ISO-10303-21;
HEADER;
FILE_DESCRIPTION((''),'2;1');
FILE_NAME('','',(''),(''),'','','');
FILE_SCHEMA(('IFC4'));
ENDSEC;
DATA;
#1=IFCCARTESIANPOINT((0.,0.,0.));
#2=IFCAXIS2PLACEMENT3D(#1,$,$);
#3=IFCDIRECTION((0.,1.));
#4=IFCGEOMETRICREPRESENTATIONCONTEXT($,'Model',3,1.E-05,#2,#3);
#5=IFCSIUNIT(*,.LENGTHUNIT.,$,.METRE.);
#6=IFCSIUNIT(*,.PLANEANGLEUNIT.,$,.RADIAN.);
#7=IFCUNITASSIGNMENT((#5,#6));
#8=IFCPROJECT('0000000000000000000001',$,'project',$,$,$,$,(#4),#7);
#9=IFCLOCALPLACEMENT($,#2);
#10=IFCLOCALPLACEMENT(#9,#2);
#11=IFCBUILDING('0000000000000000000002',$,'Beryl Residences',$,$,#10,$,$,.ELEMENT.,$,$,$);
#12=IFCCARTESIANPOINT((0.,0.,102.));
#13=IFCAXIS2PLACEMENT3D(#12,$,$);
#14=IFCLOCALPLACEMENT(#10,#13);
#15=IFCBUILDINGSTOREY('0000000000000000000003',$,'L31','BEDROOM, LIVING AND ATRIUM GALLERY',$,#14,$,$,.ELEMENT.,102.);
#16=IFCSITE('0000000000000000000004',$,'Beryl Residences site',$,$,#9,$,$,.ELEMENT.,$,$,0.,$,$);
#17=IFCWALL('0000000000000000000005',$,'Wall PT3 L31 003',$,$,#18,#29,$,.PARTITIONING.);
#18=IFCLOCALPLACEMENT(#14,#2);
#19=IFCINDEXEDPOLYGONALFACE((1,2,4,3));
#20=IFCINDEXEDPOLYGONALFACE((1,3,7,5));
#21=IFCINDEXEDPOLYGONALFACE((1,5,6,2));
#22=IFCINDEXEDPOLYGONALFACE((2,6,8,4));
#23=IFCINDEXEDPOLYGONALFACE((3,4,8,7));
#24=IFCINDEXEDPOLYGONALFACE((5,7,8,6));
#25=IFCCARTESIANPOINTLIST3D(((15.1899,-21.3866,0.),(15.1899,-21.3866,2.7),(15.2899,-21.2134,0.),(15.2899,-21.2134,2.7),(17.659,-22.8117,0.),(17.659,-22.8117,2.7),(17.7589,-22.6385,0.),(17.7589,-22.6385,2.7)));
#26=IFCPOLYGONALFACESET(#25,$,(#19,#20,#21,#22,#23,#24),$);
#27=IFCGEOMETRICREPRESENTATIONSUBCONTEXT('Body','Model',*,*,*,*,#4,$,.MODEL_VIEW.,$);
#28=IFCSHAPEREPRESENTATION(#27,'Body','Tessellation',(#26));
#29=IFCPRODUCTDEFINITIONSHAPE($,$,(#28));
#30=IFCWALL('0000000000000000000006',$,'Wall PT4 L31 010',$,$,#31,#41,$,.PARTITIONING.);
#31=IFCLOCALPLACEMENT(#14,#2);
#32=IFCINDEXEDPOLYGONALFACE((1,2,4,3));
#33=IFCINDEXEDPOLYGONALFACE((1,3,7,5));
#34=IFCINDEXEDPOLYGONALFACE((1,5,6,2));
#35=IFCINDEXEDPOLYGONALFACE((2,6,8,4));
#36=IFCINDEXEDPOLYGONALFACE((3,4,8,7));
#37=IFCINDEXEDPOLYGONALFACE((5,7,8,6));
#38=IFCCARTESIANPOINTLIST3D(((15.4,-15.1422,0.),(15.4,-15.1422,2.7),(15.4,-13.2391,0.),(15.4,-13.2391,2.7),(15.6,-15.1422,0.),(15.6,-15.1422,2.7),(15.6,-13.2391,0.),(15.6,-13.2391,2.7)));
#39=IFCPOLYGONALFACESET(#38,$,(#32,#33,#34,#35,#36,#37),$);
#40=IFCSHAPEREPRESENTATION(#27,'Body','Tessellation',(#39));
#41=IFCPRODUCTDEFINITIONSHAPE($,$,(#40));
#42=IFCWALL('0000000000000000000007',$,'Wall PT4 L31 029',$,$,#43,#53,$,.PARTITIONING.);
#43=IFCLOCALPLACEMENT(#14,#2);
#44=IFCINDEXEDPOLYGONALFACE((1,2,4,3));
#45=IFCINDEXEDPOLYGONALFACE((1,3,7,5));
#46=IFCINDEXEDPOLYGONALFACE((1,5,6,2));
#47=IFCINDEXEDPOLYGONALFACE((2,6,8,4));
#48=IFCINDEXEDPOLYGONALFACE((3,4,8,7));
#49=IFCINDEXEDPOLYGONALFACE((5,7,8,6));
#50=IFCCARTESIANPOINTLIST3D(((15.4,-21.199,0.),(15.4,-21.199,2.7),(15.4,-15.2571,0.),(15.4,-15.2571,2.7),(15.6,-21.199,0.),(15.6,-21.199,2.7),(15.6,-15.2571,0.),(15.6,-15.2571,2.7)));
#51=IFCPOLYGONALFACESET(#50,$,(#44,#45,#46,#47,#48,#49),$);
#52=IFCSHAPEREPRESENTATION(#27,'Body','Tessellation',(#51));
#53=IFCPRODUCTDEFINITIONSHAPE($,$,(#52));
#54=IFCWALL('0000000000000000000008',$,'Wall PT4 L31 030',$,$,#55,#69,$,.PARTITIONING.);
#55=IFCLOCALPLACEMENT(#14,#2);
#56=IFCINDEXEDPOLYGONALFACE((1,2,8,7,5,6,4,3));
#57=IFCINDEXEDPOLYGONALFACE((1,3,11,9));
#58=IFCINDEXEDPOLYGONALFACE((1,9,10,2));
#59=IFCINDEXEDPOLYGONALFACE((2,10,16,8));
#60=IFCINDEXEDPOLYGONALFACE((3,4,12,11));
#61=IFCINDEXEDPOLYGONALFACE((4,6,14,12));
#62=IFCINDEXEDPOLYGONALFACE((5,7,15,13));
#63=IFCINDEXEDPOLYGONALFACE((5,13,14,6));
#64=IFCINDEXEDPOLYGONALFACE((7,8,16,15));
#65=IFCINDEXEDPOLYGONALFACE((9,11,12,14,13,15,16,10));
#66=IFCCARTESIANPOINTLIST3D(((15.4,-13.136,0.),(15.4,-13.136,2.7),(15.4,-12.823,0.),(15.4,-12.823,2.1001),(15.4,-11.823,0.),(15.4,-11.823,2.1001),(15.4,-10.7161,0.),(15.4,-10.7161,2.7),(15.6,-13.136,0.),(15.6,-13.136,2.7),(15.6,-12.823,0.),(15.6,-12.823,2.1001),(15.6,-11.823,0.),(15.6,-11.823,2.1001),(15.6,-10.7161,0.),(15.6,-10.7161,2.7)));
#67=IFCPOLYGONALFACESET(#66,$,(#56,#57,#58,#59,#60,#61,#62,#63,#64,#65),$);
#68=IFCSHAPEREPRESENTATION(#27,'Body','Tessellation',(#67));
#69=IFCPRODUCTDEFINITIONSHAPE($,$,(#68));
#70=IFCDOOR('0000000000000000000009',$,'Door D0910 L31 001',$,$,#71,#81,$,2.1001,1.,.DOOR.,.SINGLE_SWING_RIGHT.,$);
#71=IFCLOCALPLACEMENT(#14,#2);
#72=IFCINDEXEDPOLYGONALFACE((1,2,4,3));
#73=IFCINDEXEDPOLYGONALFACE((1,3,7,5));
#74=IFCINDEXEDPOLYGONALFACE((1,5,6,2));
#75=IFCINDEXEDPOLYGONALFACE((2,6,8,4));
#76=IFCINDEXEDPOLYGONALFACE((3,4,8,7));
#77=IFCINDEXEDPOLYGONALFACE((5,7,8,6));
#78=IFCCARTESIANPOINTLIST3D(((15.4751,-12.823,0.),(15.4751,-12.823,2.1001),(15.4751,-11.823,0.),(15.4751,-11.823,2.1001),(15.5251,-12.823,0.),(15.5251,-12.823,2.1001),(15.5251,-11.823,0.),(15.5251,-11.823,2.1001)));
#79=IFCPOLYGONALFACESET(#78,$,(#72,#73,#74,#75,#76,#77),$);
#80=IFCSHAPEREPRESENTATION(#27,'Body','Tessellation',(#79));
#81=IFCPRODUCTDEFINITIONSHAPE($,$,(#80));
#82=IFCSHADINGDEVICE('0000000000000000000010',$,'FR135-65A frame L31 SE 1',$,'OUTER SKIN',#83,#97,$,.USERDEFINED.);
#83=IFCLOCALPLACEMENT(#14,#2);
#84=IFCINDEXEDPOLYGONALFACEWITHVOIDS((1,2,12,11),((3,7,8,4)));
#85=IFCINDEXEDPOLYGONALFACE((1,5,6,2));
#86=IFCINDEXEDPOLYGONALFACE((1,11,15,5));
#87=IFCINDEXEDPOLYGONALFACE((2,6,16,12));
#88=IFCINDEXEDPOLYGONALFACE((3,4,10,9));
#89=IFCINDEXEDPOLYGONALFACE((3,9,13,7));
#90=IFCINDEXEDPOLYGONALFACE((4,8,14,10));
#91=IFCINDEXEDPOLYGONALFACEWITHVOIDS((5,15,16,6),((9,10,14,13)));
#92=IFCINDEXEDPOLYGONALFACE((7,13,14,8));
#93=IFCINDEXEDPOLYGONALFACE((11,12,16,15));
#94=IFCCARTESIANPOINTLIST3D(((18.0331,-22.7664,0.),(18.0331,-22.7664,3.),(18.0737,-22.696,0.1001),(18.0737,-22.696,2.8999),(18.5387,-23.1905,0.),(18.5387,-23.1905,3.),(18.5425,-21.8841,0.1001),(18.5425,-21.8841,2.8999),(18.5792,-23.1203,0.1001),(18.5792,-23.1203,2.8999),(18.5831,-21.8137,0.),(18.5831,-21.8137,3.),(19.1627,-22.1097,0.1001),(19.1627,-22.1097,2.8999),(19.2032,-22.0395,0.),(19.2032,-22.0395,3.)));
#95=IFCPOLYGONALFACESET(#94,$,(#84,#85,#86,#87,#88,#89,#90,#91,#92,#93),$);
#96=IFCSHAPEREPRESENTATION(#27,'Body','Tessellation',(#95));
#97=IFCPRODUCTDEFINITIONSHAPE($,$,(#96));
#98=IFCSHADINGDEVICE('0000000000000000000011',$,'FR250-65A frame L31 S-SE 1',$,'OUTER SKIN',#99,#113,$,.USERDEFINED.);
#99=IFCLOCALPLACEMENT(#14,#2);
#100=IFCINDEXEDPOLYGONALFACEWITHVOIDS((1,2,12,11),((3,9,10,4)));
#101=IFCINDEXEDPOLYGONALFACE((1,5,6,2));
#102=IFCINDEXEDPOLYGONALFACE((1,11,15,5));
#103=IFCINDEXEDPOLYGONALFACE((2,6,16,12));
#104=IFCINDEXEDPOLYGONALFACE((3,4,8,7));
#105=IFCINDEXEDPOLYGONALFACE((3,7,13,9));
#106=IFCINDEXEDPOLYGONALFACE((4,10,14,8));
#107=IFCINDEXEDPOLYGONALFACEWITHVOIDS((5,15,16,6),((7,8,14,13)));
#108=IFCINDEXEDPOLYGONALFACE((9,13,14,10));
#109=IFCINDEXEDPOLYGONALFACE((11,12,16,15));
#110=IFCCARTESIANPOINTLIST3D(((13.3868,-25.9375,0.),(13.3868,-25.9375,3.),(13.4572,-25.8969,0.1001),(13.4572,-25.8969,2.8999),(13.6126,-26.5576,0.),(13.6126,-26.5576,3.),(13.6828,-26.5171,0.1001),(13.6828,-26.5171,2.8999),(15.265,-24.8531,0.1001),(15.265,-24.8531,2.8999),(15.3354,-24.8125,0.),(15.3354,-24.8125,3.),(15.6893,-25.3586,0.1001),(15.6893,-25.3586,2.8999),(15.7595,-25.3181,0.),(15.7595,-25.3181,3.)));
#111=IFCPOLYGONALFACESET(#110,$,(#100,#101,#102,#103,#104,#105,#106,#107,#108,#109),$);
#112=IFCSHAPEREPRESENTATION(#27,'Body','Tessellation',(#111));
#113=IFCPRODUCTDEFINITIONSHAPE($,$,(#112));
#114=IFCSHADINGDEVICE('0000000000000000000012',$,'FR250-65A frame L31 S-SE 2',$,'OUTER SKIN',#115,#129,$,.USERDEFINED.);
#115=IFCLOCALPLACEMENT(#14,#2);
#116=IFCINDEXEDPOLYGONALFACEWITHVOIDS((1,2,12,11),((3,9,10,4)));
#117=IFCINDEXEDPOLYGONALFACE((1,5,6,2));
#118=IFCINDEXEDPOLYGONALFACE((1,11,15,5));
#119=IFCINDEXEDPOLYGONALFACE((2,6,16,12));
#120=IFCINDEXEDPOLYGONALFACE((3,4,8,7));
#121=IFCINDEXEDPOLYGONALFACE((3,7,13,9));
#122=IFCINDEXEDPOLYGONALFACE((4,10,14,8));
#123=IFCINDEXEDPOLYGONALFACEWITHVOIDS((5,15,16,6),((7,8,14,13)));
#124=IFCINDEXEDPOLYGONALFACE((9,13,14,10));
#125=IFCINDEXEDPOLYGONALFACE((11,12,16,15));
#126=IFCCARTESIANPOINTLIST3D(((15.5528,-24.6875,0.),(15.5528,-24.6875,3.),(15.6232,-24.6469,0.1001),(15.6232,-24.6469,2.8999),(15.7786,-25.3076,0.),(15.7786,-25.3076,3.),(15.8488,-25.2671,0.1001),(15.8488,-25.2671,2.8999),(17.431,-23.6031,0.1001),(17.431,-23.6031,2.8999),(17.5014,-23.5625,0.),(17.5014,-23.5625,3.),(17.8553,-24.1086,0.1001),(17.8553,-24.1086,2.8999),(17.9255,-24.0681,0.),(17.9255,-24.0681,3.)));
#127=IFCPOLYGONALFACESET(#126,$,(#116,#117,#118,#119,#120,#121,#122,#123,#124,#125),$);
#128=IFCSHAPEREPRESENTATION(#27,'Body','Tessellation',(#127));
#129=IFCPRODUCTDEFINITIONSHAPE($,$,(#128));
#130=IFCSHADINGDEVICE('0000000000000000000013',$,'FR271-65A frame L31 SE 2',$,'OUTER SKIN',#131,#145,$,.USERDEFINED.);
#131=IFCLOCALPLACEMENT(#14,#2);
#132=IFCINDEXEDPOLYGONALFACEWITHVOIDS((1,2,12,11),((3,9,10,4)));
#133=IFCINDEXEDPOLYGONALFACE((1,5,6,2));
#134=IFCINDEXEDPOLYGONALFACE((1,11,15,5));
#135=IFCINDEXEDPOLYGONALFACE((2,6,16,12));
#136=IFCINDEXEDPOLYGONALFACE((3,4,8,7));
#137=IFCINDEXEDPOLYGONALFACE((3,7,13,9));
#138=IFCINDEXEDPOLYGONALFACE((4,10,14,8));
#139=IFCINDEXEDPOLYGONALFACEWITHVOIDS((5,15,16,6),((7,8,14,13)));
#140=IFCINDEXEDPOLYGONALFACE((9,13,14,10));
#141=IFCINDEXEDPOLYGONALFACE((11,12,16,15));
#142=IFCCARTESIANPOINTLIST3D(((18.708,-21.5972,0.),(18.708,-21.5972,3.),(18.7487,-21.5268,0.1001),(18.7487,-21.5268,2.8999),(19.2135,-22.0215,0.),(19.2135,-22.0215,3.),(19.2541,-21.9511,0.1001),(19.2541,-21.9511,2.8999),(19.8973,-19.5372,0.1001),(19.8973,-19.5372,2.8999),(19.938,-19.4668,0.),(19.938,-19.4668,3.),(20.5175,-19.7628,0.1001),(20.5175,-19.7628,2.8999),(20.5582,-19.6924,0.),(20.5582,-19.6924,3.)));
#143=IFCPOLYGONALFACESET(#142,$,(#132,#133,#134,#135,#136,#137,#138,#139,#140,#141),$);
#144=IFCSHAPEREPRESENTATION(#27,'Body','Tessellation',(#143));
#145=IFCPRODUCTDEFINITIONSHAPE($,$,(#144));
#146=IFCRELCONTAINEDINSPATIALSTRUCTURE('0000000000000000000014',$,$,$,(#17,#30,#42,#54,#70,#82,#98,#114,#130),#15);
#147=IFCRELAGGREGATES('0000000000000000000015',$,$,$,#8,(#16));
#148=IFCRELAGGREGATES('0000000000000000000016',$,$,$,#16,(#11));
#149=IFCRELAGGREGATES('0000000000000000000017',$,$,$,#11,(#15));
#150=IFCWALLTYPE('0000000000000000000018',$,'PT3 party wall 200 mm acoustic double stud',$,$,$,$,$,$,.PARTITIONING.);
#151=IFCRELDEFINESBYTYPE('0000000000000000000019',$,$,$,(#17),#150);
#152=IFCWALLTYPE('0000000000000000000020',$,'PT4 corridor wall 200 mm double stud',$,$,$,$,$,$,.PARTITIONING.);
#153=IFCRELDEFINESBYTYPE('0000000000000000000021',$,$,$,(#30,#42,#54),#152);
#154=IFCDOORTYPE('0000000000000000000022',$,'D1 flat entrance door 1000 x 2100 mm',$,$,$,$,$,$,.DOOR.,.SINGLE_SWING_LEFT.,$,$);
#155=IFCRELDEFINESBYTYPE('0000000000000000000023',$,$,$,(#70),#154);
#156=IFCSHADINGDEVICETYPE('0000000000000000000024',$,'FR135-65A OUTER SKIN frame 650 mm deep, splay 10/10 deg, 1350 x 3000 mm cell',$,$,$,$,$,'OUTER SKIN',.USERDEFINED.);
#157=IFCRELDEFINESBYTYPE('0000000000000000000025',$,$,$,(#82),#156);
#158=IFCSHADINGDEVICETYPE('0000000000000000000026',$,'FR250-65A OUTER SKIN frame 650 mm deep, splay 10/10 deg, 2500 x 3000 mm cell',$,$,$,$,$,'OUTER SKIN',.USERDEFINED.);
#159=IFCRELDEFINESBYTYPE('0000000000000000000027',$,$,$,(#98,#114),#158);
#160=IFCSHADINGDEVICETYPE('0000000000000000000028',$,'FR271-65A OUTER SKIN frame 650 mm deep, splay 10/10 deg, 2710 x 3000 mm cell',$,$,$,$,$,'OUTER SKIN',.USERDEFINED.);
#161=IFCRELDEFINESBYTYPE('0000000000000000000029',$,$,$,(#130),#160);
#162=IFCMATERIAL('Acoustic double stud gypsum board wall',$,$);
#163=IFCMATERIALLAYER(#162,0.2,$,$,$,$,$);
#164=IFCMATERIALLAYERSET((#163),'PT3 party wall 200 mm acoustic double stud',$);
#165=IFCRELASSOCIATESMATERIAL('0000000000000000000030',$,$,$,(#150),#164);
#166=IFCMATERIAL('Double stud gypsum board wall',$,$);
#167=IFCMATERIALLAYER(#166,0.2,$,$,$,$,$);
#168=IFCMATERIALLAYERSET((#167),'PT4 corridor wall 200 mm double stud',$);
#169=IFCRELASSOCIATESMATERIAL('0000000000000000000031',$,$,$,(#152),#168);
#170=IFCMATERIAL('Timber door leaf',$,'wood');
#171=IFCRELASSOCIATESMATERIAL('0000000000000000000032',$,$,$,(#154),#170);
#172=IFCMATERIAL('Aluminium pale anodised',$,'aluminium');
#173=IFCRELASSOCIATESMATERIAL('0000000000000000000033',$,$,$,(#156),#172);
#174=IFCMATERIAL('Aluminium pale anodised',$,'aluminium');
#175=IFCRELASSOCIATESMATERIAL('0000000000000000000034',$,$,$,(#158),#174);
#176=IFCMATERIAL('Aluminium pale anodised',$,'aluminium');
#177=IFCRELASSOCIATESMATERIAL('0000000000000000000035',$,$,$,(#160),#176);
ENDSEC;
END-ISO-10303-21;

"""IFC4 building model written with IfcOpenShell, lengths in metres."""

from ifc_helpers import new_model, entity, si_unit, direction, frame, frame_2d, origin, place, context, subcontext, project, spatial, rectangle, extrude, source, transform, mapped, material, layer, layer_set, type_object, type_shapes, element, fill, save


model = new_model("IFC4")

# Units and contexts
model_context = context("Model", 3, precision=1e-05, world=origin(), true_north=direction((0.0, 1.0)))
body_context = subcontext(model_context, "Body", "Model", "MODEL_VIEW")
ifc_project = project(units=[si_unit("LENGTHUNIT", "METRE"), si_unit("PLANEANGLEUNIT", "RADIAN")], contexts=[model_context])

# Site, building, storey
site_placement = place(None, origin())
site = spatial("IfcSite", under=ifc_project, at=site_placement, Name="Beryl Residences site", CompositionType="ELEMENT", RefElevation=0.0)
building_placement = place(site_placement, origin())
building = spatial("IfcBuilding", under=site, at=building_placement, Name="Beryl Residences", CompositionType="ELEMENT")
storey_placement = place(building_placement, frame((0.0, 0.0, 102.0)))
storey = spatial("IfcBuildingStorey", under=building, at=storey_placement, Name="L31", Description="BEDROOM, LIVING AND ATRIUM GALLERY", CompositionType="ELEMENT", Elevation=102.0)

# Walls
ifc_material_1 = material(Name="Acoustic double stud gypsum board wall")
ifc_layer_1 = layer(ifc_material_1, 0.2)
ifc_layer_set_1 = layer_set([ifc_layer_1], Name="PT3 party wall 200 mm acoustic double stud")
wall_type_1 = type_object("IfcWallType", Name="PT3 party wall 200 mm acoustic double stud", PredefinedType="PARTITIONING", material=ifc_layer_set_1)
wall_1_placement = place(storey_placement, frame((15.24, -21.3, 0.0), z_axis=(0.0, 0.0, 1.0), x_axis=(0.86609, -0.499888, 0.0)))
element("IfcWall", 1, at=wall_1_placement, inside=storey, type_object=wall_type_1, Name="Wall PT3 L31 003", PredefinedType="PARTITIONING", context=body_context, shape_type="SweptSolid", body=[
    extrude(rectangle(XDim=2.8508, YDim=0.2, at=frame_2d((1.4253, 0.0))), origin(), (0.0, 0.0, 1.0), 2.7),
])
ifc_material_2 = material(Name="Double stud gypsum board wall")
ifc_layer_2 = layer(ifc_material_2, 0.2)
ifc_layer_set_2 = layer_set([ifc_layer_2], Name="PT4 corridor wall 200 mm double stud")
wall_type_2 = type_object("IfcWallType", Name="PT4 corridor wall 200 mm double stud", PredefinedType="PARTITIONING", material=ifc_layer_set_2)
wall_2_placement = place(storey_placement, frame((15.5, -13.239, 0.0), z_axis=(0.0, 0.0, 1.0), x_axis=(0.0, -1.0, 0.0)))
element("IfcWall", 2, at=wall_2_placement, inside=storey, type_object=wall_type_2, Name="Wall PT4 L31 010", PredefinedType="PARTITIONING", context=body_context, shape_type="SweptSolid", body=[
    extrude(rectangle(XDim=1.9031, YDim=0.2, at=frame_2d((0.9517, 0.0))), origin(), (0.0, 0.0, 1.0), 2.7),
])
wall_3_placement = place(storey_placement, frame((15.5, -21.199, 0.0), z_axis=(0.0, 0.0, 1.0), x_axis=(0.0, 1.0, 0.0)))
element("IfcWall", 3, at=wall_3_placement, inside=storey, type_object=wall_type_2, Name="Wall PT4 L31 029", PredefinedType="PARTITIONING", context=body_context, shape_type="SweptSolid", body=[
    extrude(rectangle(XDim=5.9419, YDim=0.2, at=frame_2d((2.9709, 0.0))), origin(), (0.0, 0.0, 1.0), 2.7),
])

# Wall, opening, door
wall_4_placement = place(storey_placement, frame((15.5, -13.136, 0.0), z_axis=(0.0, 0.0, 1.0), x_axis=(0.0, 1.0, 0.0)))
wall_4 = element("IfcWall", 4, at=wall_4_placement, inside=storey, type_object=wall_type_2, Name="Wall PT4 L31 030", PredefinedType="PARTITIONING", context=body_context, shape_type="SweptSolid", body=[
    extrude(rectangle(XDim=2.4199, YDim=0.2, at=frame_2d((1.21, 0.0))), origin(), (0.0, 0.0, 1.0), 2.7),
])
opening_1_placement = place(wall_4_placement, frame((0.313, 0.0, 0.0)))
opening_1 = element("IfcOpeningElement", 5, at=opening_1_placement, cuts=wall_4, PredefinedType="OPENING", context=body_context, shape_type="SweptSolid", body=[
    extrude(rectangle(XDim=1.0, YDim=2.1001, at=frame_2d((0.5, 1.05))), frame((0.0, 0.1099, 0.0), z_axis=(0.0, -1.0, 0.0), x_axis=(1.0, 0.0, 0.0)), (0.0, 0.0, 1.0), 0.22),
])
ifc_material_3 = material(Name="Timber door leaf", Category="wood")
door_type_1 = type_object("IfcDoorType", Name="D1 flat entrance door 1000 x 2100 mm", OperationType="SINGLE_SWING_LEFT", PredefinedType="DOOR", material=ifc_material_3)
door_1_placement = place(opening_1_placement, origin())
door_1 = element("IfcDoor", 6, at=door_1_placement, inside=storey, type_object=door_type_1, Name="Door D0910 L31 001", OperationType="SINGLE_SWING_RIGHT", OverallHeight=2.1001, OverallWidth=1.0, PredefinedType="DOOR", context=body_context, shape_type="SweptSolid", body=[
    extrude(rectangle(XDim=1.0, YDim=2.1001, at=frame_2d((0.5, 1.05))), frame((0.0, 0.0249, 0.0), z_axis=(0.0, -1.0, 0.0), x_axis=(1.0, 0.0, 0.0)), (0.0, 0.0, 1.0), 0.05),
])
fill(opening_1, door_1)

# Shading devices
ifc_material_4 = material(Name="Aluminium pale anodised", Category="aluminium")
shading_device_type_1 = type_object("IfcShadingDeviceType", Name="FR135-65A OUTER SKIN frame 650 mm deep, splay 10/10 deg, 1350 x 3000 mm cell", ElementType="OUTER SKIN", PredefinedType="USERDEFINED", material=ifc_material_4)
cartesian_point_1 = entity("IfcCartesianPoint", [-0.55, 0.0])
cartesian_point_2 = entity("IfcCartesianPoint", [-0.4688, 0.1001])
cartesian_point_3 = entity("IfcCartesianPoint", [-0.6646, 0.0])
cartesian_point_4 = entity("IfcCartesianPoint", [-0.5835, 0.1001])
shared_shape_1 = source(origin(), body_context, "Body", "SweptSolid", [
    entity("IfcExtrudedAreaSolidTapered", entity("IfcArbitraryProfileDefWithVoids", "AREA", None, entity("IfcPolyline", [cartesian_point_1, entity("IfcCartesianPoint", [0.55, 0.0]), entity("IfcCartesianPoint", [0.55, 3.0]), entity("IfcCartesianPoint", [-0.55, 3.0]), cartesian_point_1]), [entity("IfcPolyline", [cartesian_point_2, entity("IfcCartesianPoint", [0.4688, 0.1001]), entity("IfcCartesianPoint", [0.4688, 2.8999]), entity("IfcCartesianPoint", [-0.4688, 2.8999]), cartesian_point_2])]), entity("IfcAxis2Placement3D", entity("IfcCartesianPoint", [0.0, 0.0, 0.0]), entity("IfcDirection", [0.0, 1.0, 0.0]), entity("IfcDirection", [-1.0, 0.0, 0.0])), entity("IfcDirection", [0.0, 0.0, 1.0]), 0.6499, entity("IfcArbitraryProfileDefWithVoids", "AREA", None, entity("IfcPolyline", [cartesian_point_3, entity("IfcCartesianPoint", [0.6646, 0.0]), entity("IfcCartesianPoint", [0.6646, 3.0]), entity("IfcCartesianPoint", [-0.6646, 3.0]), cartesian_point_3]), [entity("IfcPolyline", [cartesian_point_4, entity("IfcCartesianPoint", [0.5835, 0.1001]), entity("IfcCartesianPoint", [0.5835, 2.8999]), entity("IfcCartesianPoint", [-0.5835, 2.8999]), cartesian_point_4])])),
])
type_shapes(shading_device_type_1, [shared_shape_1])
shading_device_placement = place(storey_placement, frame((18.3081, -22.29, 0.0), z_axis=(0.0, 0.0, 1.0), x_axis=(-0.5, -0.866025, 0.0)))
element("IfcShadingDevice", 7, at=shading_device_placement, inside=storey, type_object=shading_device_type_1, Name="FR135-65A frame L31 SE 1", ObjectType="OUTER SKIN", PredefinedType="USERDEFINED", context=body_context, shape_type="MappedRepresentation", body=[
    mapped(shared_shape_1, transform((0.0, 0.0, 0.0))),
])
ifc_material_5 = material(Name="Aluminium pale anodised", Category="aluminium")
shading_device_type_2 = type_object("IfcShadingDeviceType", Name="FR250-65A OUTER SKIN frame 650 mm deep, splay 10/10 deg, 2500 x 3000 mm cell", ElementType="OUTER SKIN", PredefinedType="USERDEFINED", material=ifc_material_5)
cartesian_point_5 = entity("IfcCartesianPoint", [-1.125, 0.0])
cartesian_point_6 = entity("IfcCartesianPoint", [-1.0437, 0.1001])
cartesian_point_7 = entity("IfcCartesianPoint", [-1.2395, 0.0])
cartesian_point_8 = entity("IfcCartesianPoint", [-1.1584, 0.1001])
shared_shape_2 = source(origin(), body_context, "Body", "SweptSolid", [
    entity("IfcExtrudedAreaSolidTapered", entity("IfcArbitraryProfileDefWithVoids", "AREA", None, entity("IfcPolyline", [cartesian_point_5, entity("IfcCartesianPoint", [1.125, 0.0]), entity("IfcCartesianPoint", [1.125, 3.0]), entity("IfcCartesianPoint", [-1.125, 3.0]), cartesian_point_5]), [entity("IfcPolyline", [cartesian_point_6, entity("IfcCartesianPoint", [1.0437, 0.1001]), entity("IfcCartesianPoint", [1.0437, 2.8999]), entity("IfcCartesianPoint", [-1.0437, 2.8999]), cartesian_point_6])]), entity("IfcAxis2Placement3D", entity("IfcCartesianPoint", [0.0, 0.0, 0.0]), entity("IfcDirection", [0.0, 1.0, 0.0]), entity("IfcDirection", [-1.0, 0.0, 0.0])), entity("IfcDirection", [0.0, 0.0, 1.0]), 0.6499, entity("IfcArbitraryProfileDefWithVoids", "AREA", None, entity("IfcPolyline", [cartesian_point_7, entity("IfcCartesianPoint", [1.2395, 0.0]), entity("IfcCartesianPoint", [1.2395, 3.0]), entity("IfcCartesianPoint", [-1.2395, 3.0]), cartesian_point_7]), [entity("IfcPolyline", [cartesian_point_8, entity("IfcCartesianPoint", [1.1584, 0.1001]), entity("IfcCartesianPoint", [1.1584, 2.8999]), entity("IfcCartesianPoint", [-1.1584, 2.8999]), cartesian_point_8])])),
])
type_shapes(shading_device_type_2, [shared_shape_2])
for number, where, z_axis, x_axis, name in (
    (8, (14.3611, -25.375, 0.0), (0.0, 0.0, 1.0), (-0.866025, -0.5, 0.0), "FR250-65A frame L31 S-SE 1"),
    (9, (16.5271, -24.125, 0.0), (0.0, 0.0, 1.0), (-0.866025, -0.5, 0.0), "FR250-65A frame L31 S-SE 2"),
):
    element("IfcShadingDevice", number, at=place(storey_placement, frame(where, z_axis=z_axis, x_axis=x_axis)), inside=storey, type_object=shading_device_type_2, Name=name, ObjectType="OUTER SKIN", PredefinedType="USERDEFINED", context=body_context, shape_type="MappedRepresentation", body=[
        mapped(shared_shape_2, transform((0.0, 0.0, 0.0))),
    ])
ifc_material_6 = material(Name="Aluminium pale anodised", Category="aluminium")
shading_device_type_3 = type_object("IfcShadingDeviceType", Name="FR271-65A OUTER SKIN frame 650 mm deep, splay 10/10 deg, 2710 x 3000 mm cell", ElementType="OUTER SKIN", PredefinedType="USERDEFINED", material=ifc_material_6)
cartesian_point_9 = entity("IfcCartesianPoint", [-1.23, 0.0])
cartesian_point_10 = entity("IfcCartesianPoint", [-1.1487, 0.1001])
cartesian_point_11 = entity("IfcCartesianPoint", [-1.3447, 0.0])
cartesian_point_12 = entity("IfcCartesianPoint", [-1.2634, 0.1001])
shared_shape_3 = source(origin(), body_context, "Body", "SweptSolid", [
    entity("IfcExtrudedAreaSolidTapered", entity("IfcArbitraryProfileDefWithVoids", "AREA", None, entity("IfcPolyline", [cartesian_point_9, entity("IfcCartesianPoint", [1.23, 0.0]), entity("IfcCartesianPoint", [1.23, 3.0]), entity("IfcCartesianPoint", [-1.23, 3.0]), cartesian_point_9]), [entity("IfcPolyline", [cartesian_point_10, entity("IfcCartesianPoint", [1.1487, 0.1001]), entity("IfcCartesianPoint", [1.1487, 2.8999]), entity("IfcCartesianPoint", [-1.1487, 2.8999]), cartesian_point_10])]), entity("IfcAxis2Placement3D", entity("IfcCartesianPoint", [0.0, 0.0, 0.0]), entity("IfcDirection", [0.0, 1.0, 0.0]), entity("IfcDirection", [-1.0, 0.0, 0.0])), entity("IfcDirection", [0.0, 0.0, 1.0]), 0.6499, entity("IfcArbitraryProfileDefWithVoids", "AREA", None, entity("IfcPolyline", [cartesian_point_11, entity("IfcCartesianPoint", [1.3447, 0.0]), entity("IfcCartesianPoint", [1.3447, 3.0]), entity("IfcCartesianPoint", [-1.3447, 3.0]), cartesian_point_11]), [entity("IfcPolyline", [cartesian_point_12, entity("IfcCartesianPoint", [1.2634, 0.1001]), entity("IfcCartesianPoint", [1.2634, 2.8999]), entity("IfcCartesianPoint", [-1.2634, 2.8999]), cartesian_point_12])])),
])
type_shapes(shading_device_type_3, [shared_shape_3])
for number, where, z_axis, x_axis, name in (
    (10, (19.323, -20.532, 0.0), (0.0, 0.0, 1.0), (-0.5, -0.866025, 0.0), "FR271-65A frame L31 SE 2"),
):
    element("IfcShadingDevice", number, at=place(storey_placement, frame(where, z_axis=z_axis, x_axis=x_axis)), inside=storey, type_object=shading_device_type_3, Name=name, ObjectType="OUTER SKIN", PredefinedType="USERDEFINED", context=body_context, shape_type="MappedRepresentation", body=[
        mapped(shared_shape_3, transform((0.0, 0.0, 0.0))),
    ])

save(model, "model.ifc")
